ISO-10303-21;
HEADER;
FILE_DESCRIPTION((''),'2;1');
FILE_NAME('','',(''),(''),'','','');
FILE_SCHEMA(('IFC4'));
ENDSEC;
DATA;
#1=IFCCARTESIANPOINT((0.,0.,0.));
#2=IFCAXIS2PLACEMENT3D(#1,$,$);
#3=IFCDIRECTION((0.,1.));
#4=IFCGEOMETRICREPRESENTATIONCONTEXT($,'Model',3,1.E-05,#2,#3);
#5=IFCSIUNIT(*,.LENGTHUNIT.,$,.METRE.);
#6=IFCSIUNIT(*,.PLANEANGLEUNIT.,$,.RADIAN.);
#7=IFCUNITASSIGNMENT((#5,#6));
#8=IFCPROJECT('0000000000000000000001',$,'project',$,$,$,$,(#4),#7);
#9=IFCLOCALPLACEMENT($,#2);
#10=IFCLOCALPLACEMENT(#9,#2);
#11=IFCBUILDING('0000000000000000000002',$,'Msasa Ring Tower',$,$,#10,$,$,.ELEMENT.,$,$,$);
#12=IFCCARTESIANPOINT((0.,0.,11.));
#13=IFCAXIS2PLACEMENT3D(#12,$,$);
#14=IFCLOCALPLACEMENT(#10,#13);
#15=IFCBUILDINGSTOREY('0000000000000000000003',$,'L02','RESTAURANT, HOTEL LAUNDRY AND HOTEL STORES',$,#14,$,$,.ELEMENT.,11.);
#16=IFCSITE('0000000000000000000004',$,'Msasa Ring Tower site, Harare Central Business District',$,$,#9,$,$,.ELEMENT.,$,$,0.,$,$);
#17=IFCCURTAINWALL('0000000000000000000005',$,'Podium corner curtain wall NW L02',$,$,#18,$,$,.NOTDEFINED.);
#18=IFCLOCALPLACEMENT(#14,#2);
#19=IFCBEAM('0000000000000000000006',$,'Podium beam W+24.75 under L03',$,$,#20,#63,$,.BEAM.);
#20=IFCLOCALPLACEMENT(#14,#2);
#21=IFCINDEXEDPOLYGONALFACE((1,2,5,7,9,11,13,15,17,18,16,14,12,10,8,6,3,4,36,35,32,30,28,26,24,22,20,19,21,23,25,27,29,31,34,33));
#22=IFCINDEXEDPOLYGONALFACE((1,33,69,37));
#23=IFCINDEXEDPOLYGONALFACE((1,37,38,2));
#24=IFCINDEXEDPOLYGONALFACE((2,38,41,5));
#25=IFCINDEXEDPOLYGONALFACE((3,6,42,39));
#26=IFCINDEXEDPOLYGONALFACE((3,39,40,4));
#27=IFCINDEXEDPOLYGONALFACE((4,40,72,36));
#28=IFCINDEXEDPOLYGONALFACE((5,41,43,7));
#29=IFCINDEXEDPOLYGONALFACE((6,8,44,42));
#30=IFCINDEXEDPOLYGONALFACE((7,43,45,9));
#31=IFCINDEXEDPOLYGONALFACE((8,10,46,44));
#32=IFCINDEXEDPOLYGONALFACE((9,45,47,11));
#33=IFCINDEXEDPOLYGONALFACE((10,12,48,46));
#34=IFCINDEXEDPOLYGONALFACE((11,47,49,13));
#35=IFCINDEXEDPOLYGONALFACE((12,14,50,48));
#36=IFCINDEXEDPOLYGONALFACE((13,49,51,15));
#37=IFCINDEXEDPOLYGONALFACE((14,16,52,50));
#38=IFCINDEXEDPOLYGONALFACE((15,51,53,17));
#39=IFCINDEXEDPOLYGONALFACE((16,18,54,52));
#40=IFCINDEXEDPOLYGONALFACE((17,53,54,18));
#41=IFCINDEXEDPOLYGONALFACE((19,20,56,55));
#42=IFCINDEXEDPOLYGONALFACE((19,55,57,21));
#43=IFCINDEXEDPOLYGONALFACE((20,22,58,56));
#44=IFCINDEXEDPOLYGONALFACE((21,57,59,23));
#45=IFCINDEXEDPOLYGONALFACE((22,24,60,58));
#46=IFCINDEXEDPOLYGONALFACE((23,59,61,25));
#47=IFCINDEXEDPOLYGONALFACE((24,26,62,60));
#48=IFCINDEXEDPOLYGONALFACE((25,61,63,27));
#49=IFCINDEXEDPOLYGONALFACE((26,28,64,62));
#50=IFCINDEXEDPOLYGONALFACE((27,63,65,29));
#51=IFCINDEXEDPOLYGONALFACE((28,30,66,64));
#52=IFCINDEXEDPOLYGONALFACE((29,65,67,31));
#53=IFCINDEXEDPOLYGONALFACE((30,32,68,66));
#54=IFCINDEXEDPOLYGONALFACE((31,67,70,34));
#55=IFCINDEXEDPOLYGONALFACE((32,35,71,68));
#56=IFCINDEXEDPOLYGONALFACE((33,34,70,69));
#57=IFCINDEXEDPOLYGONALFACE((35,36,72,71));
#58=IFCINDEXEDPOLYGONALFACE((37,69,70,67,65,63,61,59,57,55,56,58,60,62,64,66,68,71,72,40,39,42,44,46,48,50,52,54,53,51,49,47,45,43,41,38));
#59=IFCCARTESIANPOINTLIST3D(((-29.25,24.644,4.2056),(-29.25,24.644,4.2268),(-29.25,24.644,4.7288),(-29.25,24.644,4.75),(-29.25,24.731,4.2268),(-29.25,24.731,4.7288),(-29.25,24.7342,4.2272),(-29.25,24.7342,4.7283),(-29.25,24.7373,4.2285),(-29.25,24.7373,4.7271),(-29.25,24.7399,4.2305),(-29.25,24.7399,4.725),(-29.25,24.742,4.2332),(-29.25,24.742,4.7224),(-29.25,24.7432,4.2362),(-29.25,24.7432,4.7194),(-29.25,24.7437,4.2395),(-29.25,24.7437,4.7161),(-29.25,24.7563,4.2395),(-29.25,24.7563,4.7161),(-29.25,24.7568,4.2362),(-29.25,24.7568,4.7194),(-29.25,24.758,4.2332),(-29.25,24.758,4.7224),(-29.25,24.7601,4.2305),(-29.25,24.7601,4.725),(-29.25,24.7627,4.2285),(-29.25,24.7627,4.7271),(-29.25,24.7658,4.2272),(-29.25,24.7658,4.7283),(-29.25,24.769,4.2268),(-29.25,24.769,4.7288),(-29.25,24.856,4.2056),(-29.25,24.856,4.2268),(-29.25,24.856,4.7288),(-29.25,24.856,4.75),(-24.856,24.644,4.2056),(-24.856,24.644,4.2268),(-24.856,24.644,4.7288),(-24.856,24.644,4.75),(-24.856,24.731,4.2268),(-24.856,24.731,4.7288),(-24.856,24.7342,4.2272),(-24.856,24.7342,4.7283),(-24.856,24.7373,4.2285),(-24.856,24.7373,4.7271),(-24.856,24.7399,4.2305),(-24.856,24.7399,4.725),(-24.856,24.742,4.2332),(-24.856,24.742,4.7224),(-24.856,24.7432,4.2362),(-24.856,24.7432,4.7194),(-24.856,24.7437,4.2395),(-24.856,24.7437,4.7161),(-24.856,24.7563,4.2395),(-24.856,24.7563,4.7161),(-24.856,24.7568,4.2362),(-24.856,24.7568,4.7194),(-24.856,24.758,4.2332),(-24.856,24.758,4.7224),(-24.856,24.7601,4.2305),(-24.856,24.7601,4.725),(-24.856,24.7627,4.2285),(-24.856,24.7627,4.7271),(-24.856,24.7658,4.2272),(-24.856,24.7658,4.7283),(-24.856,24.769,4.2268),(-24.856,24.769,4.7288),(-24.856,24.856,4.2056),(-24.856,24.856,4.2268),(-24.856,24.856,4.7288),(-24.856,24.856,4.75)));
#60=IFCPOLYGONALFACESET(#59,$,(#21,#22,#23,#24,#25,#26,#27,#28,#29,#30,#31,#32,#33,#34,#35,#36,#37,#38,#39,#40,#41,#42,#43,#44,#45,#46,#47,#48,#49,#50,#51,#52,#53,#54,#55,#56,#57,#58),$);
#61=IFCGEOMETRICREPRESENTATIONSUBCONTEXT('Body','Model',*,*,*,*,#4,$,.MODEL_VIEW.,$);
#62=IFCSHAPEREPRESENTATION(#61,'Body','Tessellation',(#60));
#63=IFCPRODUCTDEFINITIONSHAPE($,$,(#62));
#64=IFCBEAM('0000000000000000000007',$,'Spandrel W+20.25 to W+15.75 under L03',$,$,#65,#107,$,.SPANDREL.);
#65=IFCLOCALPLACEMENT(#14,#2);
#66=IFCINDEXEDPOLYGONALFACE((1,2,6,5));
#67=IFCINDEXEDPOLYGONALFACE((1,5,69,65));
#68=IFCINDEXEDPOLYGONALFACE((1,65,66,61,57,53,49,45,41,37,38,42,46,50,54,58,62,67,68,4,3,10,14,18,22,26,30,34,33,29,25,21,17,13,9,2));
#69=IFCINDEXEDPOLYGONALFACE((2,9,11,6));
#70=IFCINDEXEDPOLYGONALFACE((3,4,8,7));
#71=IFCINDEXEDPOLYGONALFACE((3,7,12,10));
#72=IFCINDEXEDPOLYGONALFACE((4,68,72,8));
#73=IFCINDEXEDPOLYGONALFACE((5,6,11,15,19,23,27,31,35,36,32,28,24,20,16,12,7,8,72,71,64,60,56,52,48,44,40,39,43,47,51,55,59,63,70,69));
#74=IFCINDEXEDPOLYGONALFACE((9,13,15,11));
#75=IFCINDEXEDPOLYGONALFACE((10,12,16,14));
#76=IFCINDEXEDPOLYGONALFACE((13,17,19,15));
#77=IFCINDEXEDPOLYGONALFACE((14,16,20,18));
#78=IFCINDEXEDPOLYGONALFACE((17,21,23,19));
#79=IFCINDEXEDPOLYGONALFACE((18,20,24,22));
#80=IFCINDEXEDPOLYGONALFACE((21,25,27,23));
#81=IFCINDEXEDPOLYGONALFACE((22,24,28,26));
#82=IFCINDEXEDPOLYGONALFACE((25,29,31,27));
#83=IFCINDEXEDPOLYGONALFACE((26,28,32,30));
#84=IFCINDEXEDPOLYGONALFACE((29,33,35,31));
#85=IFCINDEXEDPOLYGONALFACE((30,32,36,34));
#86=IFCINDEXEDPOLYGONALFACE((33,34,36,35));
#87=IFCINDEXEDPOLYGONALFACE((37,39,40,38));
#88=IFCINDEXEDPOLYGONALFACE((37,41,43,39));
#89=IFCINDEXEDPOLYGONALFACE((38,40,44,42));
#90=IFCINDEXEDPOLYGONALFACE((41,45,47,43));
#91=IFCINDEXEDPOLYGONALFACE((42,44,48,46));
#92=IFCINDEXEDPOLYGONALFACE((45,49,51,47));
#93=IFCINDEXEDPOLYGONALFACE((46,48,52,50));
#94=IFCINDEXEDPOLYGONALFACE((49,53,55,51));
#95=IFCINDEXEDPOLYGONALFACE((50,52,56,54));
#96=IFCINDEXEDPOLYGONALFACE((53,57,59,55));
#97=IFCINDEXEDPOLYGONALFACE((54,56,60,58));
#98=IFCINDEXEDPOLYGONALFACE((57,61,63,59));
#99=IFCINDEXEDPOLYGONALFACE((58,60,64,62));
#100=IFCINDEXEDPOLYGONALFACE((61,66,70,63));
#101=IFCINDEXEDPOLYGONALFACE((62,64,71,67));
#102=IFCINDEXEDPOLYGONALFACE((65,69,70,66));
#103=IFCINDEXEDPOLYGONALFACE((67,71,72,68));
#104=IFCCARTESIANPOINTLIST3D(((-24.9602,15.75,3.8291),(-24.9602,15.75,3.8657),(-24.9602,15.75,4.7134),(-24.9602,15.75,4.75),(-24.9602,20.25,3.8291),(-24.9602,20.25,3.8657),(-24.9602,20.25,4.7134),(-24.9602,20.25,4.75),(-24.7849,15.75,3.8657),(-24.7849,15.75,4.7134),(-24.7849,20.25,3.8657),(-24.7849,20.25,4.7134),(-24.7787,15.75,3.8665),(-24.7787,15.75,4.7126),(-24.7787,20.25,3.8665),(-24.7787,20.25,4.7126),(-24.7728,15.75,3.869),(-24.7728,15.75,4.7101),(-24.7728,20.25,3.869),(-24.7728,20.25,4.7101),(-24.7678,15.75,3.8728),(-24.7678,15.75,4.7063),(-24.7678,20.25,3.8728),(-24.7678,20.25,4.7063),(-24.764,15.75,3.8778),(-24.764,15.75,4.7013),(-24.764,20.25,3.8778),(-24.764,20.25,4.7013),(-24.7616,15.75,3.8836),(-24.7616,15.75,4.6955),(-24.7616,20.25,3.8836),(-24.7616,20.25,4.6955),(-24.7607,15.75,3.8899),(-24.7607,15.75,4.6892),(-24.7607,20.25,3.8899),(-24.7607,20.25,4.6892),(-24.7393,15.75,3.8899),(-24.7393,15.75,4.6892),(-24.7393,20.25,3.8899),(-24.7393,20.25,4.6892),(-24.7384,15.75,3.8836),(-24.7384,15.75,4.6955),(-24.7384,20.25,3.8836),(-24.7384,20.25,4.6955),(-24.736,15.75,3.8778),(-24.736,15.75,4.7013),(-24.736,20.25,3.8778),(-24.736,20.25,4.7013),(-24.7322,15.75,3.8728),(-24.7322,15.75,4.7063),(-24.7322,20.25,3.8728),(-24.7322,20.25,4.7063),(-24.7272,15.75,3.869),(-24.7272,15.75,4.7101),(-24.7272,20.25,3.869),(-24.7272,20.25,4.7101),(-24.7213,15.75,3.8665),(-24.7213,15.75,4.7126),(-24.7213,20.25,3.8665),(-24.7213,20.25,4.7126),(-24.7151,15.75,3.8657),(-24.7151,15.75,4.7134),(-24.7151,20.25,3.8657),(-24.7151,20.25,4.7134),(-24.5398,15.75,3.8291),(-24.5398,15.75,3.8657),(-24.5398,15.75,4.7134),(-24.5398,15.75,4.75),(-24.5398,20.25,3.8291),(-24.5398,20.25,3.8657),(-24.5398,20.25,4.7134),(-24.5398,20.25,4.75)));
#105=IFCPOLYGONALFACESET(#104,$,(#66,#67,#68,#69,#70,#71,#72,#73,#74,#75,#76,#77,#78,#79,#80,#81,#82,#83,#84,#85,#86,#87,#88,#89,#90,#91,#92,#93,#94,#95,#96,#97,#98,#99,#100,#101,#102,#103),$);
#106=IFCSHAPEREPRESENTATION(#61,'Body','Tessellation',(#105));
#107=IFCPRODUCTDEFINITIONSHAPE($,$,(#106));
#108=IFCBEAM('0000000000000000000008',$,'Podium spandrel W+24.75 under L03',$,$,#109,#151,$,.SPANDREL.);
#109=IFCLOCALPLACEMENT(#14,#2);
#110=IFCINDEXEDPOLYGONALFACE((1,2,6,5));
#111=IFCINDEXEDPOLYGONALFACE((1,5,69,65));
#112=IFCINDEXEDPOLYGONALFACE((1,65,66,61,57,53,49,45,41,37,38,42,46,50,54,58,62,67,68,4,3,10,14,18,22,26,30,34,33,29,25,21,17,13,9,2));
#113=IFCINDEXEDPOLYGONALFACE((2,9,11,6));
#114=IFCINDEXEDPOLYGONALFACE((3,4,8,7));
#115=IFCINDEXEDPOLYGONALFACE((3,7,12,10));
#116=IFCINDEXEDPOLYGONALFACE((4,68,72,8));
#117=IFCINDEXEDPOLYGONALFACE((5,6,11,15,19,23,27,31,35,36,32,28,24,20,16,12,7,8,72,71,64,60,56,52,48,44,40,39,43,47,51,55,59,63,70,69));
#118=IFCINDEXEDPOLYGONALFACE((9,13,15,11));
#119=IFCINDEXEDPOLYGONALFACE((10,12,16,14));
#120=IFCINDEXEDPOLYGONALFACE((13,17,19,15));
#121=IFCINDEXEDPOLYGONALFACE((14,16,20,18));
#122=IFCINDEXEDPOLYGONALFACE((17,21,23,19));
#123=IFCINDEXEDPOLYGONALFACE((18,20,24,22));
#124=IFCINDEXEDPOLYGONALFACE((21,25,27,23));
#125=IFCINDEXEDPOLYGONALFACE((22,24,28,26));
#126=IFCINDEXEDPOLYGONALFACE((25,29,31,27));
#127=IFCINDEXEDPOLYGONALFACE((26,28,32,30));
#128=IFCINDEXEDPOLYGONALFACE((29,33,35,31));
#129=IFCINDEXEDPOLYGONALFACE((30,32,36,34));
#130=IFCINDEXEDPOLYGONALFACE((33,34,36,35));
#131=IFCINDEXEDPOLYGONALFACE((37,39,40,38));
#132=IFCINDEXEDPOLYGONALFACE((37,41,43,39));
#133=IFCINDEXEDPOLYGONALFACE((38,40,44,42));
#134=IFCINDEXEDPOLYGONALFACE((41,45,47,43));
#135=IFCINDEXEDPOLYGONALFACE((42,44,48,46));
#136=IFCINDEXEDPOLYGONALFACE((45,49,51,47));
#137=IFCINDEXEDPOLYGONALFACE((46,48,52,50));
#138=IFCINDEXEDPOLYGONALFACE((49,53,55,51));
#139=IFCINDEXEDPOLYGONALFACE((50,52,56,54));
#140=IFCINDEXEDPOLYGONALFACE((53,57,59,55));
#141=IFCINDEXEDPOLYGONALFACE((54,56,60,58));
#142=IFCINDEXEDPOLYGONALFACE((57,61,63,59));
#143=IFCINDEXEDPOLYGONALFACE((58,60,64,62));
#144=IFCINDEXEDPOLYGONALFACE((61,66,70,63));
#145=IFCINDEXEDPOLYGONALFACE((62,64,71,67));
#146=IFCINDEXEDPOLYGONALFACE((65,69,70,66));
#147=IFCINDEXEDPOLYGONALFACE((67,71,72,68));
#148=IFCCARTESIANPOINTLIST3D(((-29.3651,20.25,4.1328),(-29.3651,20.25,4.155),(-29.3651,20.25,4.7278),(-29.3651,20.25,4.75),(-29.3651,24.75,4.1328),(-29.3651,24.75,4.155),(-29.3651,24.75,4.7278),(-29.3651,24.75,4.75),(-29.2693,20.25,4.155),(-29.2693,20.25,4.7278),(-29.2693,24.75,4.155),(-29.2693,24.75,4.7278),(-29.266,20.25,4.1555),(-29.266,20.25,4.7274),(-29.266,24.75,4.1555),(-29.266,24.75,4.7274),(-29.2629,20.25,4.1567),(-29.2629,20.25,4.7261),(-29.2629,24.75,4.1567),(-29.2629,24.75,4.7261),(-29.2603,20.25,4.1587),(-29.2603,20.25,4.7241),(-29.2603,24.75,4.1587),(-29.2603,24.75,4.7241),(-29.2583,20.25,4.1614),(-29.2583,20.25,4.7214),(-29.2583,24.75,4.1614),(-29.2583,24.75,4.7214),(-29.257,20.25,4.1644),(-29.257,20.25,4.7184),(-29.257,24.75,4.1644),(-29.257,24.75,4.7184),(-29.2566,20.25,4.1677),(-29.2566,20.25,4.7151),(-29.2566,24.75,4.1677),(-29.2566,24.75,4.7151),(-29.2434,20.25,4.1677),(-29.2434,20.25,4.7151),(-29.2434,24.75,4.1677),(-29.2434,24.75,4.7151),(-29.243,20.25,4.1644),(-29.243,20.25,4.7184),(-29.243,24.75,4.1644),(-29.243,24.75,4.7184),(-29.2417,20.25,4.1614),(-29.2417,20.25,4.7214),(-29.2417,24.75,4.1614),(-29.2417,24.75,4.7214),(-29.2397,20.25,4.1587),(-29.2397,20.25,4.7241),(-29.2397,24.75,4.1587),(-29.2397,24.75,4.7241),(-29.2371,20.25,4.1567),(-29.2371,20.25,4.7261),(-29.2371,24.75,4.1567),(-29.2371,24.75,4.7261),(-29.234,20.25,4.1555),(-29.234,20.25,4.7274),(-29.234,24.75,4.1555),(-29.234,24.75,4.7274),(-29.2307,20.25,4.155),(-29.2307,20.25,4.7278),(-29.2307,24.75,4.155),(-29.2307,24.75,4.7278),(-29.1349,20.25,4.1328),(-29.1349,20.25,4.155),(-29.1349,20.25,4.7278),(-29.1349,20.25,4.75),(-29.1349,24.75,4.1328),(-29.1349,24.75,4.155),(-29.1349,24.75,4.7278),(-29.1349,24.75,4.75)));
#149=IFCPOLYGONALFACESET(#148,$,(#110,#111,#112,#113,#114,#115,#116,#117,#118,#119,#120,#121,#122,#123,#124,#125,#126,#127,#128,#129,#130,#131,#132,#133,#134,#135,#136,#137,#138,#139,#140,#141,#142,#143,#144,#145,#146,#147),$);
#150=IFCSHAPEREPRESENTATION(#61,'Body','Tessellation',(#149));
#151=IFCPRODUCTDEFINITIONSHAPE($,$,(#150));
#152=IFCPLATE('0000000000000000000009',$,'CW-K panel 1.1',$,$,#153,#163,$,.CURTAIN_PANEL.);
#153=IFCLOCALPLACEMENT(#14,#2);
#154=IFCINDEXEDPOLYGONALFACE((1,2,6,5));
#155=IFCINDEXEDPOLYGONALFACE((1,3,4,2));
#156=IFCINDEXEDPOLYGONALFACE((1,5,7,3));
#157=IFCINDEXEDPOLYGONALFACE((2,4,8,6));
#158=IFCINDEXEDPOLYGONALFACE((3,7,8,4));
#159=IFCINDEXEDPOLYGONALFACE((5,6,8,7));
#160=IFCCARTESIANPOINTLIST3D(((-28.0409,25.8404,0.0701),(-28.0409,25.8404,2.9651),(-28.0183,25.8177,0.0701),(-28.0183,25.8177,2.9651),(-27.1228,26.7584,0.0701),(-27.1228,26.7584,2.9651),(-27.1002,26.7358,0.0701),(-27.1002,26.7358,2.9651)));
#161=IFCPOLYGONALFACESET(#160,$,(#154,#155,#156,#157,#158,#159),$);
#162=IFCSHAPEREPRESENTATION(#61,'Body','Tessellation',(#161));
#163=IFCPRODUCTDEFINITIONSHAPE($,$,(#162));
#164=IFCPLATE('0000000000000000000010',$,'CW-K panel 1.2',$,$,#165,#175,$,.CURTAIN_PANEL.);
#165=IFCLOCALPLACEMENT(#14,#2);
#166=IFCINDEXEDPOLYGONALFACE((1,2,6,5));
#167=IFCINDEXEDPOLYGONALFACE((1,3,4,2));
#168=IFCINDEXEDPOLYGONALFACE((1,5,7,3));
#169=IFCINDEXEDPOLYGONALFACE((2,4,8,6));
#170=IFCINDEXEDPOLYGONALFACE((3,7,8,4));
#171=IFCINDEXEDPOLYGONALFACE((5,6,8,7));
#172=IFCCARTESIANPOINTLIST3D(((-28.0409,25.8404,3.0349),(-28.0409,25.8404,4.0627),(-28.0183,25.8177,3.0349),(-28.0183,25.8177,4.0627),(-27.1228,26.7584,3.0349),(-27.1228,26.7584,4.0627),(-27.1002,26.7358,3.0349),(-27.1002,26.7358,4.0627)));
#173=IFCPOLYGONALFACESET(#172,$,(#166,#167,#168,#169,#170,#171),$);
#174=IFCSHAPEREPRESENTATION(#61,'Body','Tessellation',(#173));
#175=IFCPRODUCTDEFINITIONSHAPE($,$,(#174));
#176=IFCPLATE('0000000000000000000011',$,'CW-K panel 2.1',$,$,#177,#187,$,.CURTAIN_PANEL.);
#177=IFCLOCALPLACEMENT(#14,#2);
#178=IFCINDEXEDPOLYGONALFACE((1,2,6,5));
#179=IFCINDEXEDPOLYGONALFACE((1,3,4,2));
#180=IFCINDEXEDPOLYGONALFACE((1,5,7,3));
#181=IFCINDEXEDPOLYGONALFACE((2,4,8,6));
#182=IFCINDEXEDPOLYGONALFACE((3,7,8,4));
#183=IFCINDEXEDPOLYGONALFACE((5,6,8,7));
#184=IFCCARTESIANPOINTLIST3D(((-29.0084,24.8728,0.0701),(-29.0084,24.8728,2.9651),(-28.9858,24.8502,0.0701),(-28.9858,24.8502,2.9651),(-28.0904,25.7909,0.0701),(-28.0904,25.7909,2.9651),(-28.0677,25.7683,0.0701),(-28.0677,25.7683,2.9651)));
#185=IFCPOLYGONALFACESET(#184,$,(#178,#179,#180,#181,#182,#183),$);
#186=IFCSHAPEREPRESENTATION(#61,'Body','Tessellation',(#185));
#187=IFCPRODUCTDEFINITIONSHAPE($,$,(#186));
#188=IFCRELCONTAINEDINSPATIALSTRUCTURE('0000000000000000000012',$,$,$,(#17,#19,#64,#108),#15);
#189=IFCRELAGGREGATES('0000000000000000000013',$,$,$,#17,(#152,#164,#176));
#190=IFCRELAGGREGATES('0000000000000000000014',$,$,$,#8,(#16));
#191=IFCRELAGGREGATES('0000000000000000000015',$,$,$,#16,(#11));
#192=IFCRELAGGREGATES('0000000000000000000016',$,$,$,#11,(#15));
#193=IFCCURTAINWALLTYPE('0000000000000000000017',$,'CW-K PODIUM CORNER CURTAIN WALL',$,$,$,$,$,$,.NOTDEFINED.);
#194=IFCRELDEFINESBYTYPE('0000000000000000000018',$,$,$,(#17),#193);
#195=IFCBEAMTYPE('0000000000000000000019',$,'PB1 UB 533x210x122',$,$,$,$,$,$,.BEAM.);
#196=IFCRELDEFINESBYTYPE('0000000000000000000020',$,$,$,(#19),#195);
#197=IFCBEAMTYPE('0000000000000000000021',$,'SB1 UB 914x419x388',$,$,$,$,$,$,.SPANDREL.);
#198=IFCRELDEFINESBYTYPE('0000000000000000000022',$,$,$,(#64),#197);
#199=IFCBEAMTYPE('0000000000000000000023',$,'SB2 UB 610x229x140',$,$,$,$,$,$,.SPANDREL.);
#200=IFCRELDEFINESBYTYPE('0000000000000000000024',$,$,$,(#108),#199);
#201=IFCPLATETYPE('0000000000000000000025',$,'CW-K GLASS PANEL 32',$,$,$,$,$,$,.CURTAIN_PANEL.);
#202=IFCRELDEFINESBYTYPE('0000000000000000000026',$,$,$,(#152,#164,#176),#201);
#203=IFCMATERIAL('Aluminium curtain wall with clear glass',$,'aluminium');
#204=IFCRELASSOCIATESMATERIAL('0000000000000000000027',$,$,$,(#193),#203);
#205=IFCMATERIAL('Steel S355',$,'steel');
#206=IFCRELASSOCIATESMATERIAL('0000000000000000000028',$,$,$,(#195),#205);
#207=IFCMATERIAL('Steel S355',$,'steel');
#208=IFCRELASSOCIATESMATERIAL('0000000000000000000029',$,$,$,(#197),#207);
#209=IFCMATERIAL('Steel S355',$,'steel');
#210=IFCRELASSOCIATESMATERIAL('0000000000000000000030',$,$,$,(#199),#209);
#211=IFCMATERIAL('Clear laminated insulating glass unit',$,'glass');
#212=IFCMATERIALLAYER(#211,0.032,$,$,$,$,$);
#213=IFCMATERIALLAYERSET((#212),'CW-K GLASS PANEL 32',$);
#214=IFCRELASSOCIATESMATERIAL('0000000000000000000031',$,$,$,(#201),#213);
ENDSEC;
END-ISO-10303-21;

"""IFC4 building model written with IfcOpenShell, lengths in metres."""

from ifc_helpers import new_model, si_unit, direction, frame, origin, origin_2d, place, context, subcontext, project, spatial, rectangle, i_section, extrude, material, layer, layer_set, material_profile, profile_set, type_object, element, aggregate, save


model = new_model("IFC4")

# Units and contexts
model_context = context("Model", 3, precision=1e-05, world=origin(), true_north=direction((0.0, 1.0)))
body_context = subcontext(model_context, "Body", "Model", "MODEL_VIEW")
ifc_project = project(units=[si_unit("LENGTHUNIT", "METRE"), si_unit("PLANEANGLEUNIT", "RADIAN")], contexts=[model_context])

# Site, building, storey
site_placement = place(None, origin())
site = spatial("IfcSite", under=ifc_project, at=site_placement, Name="Msasa Ring Tower site, Harare Central Business District", CompositionType="ELEMENT", RefElevation=0.0)
building_placement = place(site_placement, origin())
building = spatial("IfcBuilding", under=site, at=building_placement, Name="Msasa Ring Tower", CompositionType="ELEMENT")
storey_placement = place(building_placement, frame((0.0, 0.0, 11.0)))
storey = spatial("IfcBuildingStorey", under=building, at=storey_placement, Name="L02", Description="RESTAURANT, HOTEL LAUNDRY AND HOTEL STORES", CompositionType="ELEMENT", Elevation=11.0)

# Curtain wall
ifc_material_1 = material(Name="Aluminium curtain wall with clear glass", Category="aluminium")
curtain_wall_type = type_object("IfcCurtainWallType", Name="CW-K PODIUM CORNER CURTAIN WALL", PredefinedType="NOTDEFINED", material=ifc_material_1)
curtain_wall_placement = place(storey_placement, origin())
curtain_wall = element("IfcCurtainWall", 1, at=curtain_wall_placement, inside=storey, type_object=curtain_wall_type, Name="Podium corner curtain wall NW L02", PredefinedType="NOTDEFINED")

# Beams
ifc_material_2 = material(Name="Steel S355", Category="steel")
ifc_material_profile_1 = material_profile(ifc_material_2, i_section(OverallWidth=0.2119, OverallDepth=0.5444, WebThickness=0.0127, FlangeThickness=0.0212, FilletRadius=0.0127, at=origin_2d()), Name="UB 533x210x122")
ifc_profile_set_1 = profile_set([ifc_material_profile_1], Name="Steel S355")
beam_type_1 = type_object("IfcBeamType", Name="PB1 UB 533x210x122", PredefinedType="BEAM", material=ifc_profile_set_1)
beam_1_placement = place(storey_placement, frame((-29.25, 24.75, 4.4778), z_axis=(1.0, 0.0, 0.0), x_axis=(0.0, 1.0, 0.0)))
element("IfcBeam", 2, at=beam_1_placement, inside=storey, type_object=beam_type_1, Name="Podium beam W+24.75 under L03", PredefinedType="BEAM", context=body_context, shape_type="SweptSolid", body=[
    extrude(i_section(OverallWidth=0.2119, OverallDepth=0.5444, WebThickness=0.0127, FlangeThickness=0.0212, FilletRadius=0.0127, at=origin_2d()), origin(), (0.0, 0.0, 1.0), 4.394),
])
ifc_material_3 = material(Name="Steel S355", Category="steel")
ifc_material_profile_2 = material_profile(ifc_material_3, i_section(OverallWidth=0.4204, OverallDepth=0.9209, WebThickness=0.0215, FlangeThickness=0.0366, FilletRadius=0.0242, at=origin_2d()), Name="UB 914x419x388")
ifc_profile_set_2 = profile_set([ifc_material_profile_2], Name="Steel S355")
beam_type_2 = type_object("IfcBeamType", Name="SB1 UB 914x419x388", PredefinedType="SPANDREL", material=ifc_profile_set_2)
beam_2_placement = place(storey_placement, frame((-24.75, 20.25, 4.2896), z_axis=(0.0, -1.0, 0.0), x_axis=(1.0, 0.0, 0.0)))
element("IfcBeam", 3, at=beam_2_placement, inside=storey, type_object=beam_type_2, Name="Spandrel W+20.25 to W+15.75 under L03", PredefinedType="SPANDREL", context=body_context, shape_type="SweptSolid", body=[
    extrude(i_section(OverallWidth=0.4204, OverallDepth=0.9209, WebThickness=0.0215, FlangeThickness=0.0366, FilletRadius=0.0242, at=origin_2d()), origin(), (0.0, 0.0, 1.0), 4.5),
])
ifc_material_4 = material(Name="Steel S355", Category="steel")
ifc_material_profile_3 = material_profile(ifc_material_4, i_section(OverallWidth=0.2302, OverallDepth=0.6172, WebThickness=0.0132, FlangeThickness=0.0222, FilletRadius=0.0127, at=origin_2d()), Name="UB 610x229x140")
ifc_profile_set_3 = profile_set([ifc_material_profile_3], Name="Steel S355")
beam_type_3 = type_object("IfcBeamType", Name="SB2 UB 610x229x140", PredefinedType="SPANDREL", material=ifc_profile_set_3)
beam_3_placement = place(storey_placement, frame((-29.25, 24.75, 4.4414), z_axis=(0.0, -1.0, 0.0), x_axis=(1.0, 0.0, 0.0)))
element("IfcBeam", 4, at=beam_3_placement, inside=storey, type_object=beam_type_3, Name="Podium spandrel W+24.75 under L03", PredefinedType="SPANDREL", context=body_context, shape_type="SweptSolid", body=[
    extrude(i_section(OverallWidth=0.2302, OverallDepth=0.6172, WebThickness=0.0132, FlangeThickness=0.0222, FilletRadius=0.0127, at=origin_2d()), origin(), (0.0, 0.0, 1.0), 4.5),
])

# Plates
ifc_material_5 = material(Name="Clear laminated insulating glass unit", Category="glass")
ifc_layer_1 = layer(ifc_material_5, 0.032)
ifc_layer_set_1 = layer_set([ifc_layer_1], Name="CW-K GLASS PANEL 32")
plate_type = type_object("IfcPlateType", Name="CW-K GLASS PANEL 32", PredefinedType="CURTAIN_PANEL", material=ifc_layer_set_1)
plate_1_placement = place(storey_placement, frame((-27.5706, 26.2881, 0.0701), z_axis=(0.0, 0.0, 1.0), x_axis=(-0.707107, -0.707107, 0.0)))
plate_1 = element("IfcPlate", 5, at=plate_1_placement, type_object=plate_type, Name="CW-K panel 1.1", PredefinedType="CURTAIN_PANEL", context=body_context, shape_type="SweptSolid", body=[
    extrude(rectangle(XDim=1.2983, YDim=0.032, at=origin_2d()), origin(), (0.0, 0.0, 1.0), 2.895),
])
plate_2_placement = place(storey_placement, frame((-27.5706, 26.2881, 3.0349), z_axis=(0.0, 0.0, 1.0), x_axis=(-0.707107, -0.707107, 0.0)))
plate_2 = element("IfcPlate", 6, at=plate_2_placement, type_object=plate_type, Name="CW-K panel 1.2", PredefinedType="CURTAIN_PANEL", context=body_context, shape_type="SweptSolid", body=[
    extrude(rectangle(XDim=1.2983, YDim=0.032, at=origin_2d()), origin(), (0.0, 0.0, 1.0), 1.0278),
])
plate_3_placement = place(storey_placement, frame((-28.5381, 25.3206, 0.0701), z_axis=(0.0, 0.0, 1.0), x_axis=(-0.707107, -0.707107, 0.0)))
plate_3 = element("IfcPlate", 7, at=plate_3_placement, type_object=plate_type, Name="CW-K panel 2.1", PredefinedType="CURTAIN_PANEL", context=body_context, shape_type="SweptSolid", body=[
    extrude(rectangle(XDim=1.2983, YDim=0.032, at=origin_2d()), origin(), (0.0, 0.0, 1.0), 2.895),
])
aggregate(curtain_wall, [plate_1, plate_2, plate_3])

save(model, "model.ifc")
